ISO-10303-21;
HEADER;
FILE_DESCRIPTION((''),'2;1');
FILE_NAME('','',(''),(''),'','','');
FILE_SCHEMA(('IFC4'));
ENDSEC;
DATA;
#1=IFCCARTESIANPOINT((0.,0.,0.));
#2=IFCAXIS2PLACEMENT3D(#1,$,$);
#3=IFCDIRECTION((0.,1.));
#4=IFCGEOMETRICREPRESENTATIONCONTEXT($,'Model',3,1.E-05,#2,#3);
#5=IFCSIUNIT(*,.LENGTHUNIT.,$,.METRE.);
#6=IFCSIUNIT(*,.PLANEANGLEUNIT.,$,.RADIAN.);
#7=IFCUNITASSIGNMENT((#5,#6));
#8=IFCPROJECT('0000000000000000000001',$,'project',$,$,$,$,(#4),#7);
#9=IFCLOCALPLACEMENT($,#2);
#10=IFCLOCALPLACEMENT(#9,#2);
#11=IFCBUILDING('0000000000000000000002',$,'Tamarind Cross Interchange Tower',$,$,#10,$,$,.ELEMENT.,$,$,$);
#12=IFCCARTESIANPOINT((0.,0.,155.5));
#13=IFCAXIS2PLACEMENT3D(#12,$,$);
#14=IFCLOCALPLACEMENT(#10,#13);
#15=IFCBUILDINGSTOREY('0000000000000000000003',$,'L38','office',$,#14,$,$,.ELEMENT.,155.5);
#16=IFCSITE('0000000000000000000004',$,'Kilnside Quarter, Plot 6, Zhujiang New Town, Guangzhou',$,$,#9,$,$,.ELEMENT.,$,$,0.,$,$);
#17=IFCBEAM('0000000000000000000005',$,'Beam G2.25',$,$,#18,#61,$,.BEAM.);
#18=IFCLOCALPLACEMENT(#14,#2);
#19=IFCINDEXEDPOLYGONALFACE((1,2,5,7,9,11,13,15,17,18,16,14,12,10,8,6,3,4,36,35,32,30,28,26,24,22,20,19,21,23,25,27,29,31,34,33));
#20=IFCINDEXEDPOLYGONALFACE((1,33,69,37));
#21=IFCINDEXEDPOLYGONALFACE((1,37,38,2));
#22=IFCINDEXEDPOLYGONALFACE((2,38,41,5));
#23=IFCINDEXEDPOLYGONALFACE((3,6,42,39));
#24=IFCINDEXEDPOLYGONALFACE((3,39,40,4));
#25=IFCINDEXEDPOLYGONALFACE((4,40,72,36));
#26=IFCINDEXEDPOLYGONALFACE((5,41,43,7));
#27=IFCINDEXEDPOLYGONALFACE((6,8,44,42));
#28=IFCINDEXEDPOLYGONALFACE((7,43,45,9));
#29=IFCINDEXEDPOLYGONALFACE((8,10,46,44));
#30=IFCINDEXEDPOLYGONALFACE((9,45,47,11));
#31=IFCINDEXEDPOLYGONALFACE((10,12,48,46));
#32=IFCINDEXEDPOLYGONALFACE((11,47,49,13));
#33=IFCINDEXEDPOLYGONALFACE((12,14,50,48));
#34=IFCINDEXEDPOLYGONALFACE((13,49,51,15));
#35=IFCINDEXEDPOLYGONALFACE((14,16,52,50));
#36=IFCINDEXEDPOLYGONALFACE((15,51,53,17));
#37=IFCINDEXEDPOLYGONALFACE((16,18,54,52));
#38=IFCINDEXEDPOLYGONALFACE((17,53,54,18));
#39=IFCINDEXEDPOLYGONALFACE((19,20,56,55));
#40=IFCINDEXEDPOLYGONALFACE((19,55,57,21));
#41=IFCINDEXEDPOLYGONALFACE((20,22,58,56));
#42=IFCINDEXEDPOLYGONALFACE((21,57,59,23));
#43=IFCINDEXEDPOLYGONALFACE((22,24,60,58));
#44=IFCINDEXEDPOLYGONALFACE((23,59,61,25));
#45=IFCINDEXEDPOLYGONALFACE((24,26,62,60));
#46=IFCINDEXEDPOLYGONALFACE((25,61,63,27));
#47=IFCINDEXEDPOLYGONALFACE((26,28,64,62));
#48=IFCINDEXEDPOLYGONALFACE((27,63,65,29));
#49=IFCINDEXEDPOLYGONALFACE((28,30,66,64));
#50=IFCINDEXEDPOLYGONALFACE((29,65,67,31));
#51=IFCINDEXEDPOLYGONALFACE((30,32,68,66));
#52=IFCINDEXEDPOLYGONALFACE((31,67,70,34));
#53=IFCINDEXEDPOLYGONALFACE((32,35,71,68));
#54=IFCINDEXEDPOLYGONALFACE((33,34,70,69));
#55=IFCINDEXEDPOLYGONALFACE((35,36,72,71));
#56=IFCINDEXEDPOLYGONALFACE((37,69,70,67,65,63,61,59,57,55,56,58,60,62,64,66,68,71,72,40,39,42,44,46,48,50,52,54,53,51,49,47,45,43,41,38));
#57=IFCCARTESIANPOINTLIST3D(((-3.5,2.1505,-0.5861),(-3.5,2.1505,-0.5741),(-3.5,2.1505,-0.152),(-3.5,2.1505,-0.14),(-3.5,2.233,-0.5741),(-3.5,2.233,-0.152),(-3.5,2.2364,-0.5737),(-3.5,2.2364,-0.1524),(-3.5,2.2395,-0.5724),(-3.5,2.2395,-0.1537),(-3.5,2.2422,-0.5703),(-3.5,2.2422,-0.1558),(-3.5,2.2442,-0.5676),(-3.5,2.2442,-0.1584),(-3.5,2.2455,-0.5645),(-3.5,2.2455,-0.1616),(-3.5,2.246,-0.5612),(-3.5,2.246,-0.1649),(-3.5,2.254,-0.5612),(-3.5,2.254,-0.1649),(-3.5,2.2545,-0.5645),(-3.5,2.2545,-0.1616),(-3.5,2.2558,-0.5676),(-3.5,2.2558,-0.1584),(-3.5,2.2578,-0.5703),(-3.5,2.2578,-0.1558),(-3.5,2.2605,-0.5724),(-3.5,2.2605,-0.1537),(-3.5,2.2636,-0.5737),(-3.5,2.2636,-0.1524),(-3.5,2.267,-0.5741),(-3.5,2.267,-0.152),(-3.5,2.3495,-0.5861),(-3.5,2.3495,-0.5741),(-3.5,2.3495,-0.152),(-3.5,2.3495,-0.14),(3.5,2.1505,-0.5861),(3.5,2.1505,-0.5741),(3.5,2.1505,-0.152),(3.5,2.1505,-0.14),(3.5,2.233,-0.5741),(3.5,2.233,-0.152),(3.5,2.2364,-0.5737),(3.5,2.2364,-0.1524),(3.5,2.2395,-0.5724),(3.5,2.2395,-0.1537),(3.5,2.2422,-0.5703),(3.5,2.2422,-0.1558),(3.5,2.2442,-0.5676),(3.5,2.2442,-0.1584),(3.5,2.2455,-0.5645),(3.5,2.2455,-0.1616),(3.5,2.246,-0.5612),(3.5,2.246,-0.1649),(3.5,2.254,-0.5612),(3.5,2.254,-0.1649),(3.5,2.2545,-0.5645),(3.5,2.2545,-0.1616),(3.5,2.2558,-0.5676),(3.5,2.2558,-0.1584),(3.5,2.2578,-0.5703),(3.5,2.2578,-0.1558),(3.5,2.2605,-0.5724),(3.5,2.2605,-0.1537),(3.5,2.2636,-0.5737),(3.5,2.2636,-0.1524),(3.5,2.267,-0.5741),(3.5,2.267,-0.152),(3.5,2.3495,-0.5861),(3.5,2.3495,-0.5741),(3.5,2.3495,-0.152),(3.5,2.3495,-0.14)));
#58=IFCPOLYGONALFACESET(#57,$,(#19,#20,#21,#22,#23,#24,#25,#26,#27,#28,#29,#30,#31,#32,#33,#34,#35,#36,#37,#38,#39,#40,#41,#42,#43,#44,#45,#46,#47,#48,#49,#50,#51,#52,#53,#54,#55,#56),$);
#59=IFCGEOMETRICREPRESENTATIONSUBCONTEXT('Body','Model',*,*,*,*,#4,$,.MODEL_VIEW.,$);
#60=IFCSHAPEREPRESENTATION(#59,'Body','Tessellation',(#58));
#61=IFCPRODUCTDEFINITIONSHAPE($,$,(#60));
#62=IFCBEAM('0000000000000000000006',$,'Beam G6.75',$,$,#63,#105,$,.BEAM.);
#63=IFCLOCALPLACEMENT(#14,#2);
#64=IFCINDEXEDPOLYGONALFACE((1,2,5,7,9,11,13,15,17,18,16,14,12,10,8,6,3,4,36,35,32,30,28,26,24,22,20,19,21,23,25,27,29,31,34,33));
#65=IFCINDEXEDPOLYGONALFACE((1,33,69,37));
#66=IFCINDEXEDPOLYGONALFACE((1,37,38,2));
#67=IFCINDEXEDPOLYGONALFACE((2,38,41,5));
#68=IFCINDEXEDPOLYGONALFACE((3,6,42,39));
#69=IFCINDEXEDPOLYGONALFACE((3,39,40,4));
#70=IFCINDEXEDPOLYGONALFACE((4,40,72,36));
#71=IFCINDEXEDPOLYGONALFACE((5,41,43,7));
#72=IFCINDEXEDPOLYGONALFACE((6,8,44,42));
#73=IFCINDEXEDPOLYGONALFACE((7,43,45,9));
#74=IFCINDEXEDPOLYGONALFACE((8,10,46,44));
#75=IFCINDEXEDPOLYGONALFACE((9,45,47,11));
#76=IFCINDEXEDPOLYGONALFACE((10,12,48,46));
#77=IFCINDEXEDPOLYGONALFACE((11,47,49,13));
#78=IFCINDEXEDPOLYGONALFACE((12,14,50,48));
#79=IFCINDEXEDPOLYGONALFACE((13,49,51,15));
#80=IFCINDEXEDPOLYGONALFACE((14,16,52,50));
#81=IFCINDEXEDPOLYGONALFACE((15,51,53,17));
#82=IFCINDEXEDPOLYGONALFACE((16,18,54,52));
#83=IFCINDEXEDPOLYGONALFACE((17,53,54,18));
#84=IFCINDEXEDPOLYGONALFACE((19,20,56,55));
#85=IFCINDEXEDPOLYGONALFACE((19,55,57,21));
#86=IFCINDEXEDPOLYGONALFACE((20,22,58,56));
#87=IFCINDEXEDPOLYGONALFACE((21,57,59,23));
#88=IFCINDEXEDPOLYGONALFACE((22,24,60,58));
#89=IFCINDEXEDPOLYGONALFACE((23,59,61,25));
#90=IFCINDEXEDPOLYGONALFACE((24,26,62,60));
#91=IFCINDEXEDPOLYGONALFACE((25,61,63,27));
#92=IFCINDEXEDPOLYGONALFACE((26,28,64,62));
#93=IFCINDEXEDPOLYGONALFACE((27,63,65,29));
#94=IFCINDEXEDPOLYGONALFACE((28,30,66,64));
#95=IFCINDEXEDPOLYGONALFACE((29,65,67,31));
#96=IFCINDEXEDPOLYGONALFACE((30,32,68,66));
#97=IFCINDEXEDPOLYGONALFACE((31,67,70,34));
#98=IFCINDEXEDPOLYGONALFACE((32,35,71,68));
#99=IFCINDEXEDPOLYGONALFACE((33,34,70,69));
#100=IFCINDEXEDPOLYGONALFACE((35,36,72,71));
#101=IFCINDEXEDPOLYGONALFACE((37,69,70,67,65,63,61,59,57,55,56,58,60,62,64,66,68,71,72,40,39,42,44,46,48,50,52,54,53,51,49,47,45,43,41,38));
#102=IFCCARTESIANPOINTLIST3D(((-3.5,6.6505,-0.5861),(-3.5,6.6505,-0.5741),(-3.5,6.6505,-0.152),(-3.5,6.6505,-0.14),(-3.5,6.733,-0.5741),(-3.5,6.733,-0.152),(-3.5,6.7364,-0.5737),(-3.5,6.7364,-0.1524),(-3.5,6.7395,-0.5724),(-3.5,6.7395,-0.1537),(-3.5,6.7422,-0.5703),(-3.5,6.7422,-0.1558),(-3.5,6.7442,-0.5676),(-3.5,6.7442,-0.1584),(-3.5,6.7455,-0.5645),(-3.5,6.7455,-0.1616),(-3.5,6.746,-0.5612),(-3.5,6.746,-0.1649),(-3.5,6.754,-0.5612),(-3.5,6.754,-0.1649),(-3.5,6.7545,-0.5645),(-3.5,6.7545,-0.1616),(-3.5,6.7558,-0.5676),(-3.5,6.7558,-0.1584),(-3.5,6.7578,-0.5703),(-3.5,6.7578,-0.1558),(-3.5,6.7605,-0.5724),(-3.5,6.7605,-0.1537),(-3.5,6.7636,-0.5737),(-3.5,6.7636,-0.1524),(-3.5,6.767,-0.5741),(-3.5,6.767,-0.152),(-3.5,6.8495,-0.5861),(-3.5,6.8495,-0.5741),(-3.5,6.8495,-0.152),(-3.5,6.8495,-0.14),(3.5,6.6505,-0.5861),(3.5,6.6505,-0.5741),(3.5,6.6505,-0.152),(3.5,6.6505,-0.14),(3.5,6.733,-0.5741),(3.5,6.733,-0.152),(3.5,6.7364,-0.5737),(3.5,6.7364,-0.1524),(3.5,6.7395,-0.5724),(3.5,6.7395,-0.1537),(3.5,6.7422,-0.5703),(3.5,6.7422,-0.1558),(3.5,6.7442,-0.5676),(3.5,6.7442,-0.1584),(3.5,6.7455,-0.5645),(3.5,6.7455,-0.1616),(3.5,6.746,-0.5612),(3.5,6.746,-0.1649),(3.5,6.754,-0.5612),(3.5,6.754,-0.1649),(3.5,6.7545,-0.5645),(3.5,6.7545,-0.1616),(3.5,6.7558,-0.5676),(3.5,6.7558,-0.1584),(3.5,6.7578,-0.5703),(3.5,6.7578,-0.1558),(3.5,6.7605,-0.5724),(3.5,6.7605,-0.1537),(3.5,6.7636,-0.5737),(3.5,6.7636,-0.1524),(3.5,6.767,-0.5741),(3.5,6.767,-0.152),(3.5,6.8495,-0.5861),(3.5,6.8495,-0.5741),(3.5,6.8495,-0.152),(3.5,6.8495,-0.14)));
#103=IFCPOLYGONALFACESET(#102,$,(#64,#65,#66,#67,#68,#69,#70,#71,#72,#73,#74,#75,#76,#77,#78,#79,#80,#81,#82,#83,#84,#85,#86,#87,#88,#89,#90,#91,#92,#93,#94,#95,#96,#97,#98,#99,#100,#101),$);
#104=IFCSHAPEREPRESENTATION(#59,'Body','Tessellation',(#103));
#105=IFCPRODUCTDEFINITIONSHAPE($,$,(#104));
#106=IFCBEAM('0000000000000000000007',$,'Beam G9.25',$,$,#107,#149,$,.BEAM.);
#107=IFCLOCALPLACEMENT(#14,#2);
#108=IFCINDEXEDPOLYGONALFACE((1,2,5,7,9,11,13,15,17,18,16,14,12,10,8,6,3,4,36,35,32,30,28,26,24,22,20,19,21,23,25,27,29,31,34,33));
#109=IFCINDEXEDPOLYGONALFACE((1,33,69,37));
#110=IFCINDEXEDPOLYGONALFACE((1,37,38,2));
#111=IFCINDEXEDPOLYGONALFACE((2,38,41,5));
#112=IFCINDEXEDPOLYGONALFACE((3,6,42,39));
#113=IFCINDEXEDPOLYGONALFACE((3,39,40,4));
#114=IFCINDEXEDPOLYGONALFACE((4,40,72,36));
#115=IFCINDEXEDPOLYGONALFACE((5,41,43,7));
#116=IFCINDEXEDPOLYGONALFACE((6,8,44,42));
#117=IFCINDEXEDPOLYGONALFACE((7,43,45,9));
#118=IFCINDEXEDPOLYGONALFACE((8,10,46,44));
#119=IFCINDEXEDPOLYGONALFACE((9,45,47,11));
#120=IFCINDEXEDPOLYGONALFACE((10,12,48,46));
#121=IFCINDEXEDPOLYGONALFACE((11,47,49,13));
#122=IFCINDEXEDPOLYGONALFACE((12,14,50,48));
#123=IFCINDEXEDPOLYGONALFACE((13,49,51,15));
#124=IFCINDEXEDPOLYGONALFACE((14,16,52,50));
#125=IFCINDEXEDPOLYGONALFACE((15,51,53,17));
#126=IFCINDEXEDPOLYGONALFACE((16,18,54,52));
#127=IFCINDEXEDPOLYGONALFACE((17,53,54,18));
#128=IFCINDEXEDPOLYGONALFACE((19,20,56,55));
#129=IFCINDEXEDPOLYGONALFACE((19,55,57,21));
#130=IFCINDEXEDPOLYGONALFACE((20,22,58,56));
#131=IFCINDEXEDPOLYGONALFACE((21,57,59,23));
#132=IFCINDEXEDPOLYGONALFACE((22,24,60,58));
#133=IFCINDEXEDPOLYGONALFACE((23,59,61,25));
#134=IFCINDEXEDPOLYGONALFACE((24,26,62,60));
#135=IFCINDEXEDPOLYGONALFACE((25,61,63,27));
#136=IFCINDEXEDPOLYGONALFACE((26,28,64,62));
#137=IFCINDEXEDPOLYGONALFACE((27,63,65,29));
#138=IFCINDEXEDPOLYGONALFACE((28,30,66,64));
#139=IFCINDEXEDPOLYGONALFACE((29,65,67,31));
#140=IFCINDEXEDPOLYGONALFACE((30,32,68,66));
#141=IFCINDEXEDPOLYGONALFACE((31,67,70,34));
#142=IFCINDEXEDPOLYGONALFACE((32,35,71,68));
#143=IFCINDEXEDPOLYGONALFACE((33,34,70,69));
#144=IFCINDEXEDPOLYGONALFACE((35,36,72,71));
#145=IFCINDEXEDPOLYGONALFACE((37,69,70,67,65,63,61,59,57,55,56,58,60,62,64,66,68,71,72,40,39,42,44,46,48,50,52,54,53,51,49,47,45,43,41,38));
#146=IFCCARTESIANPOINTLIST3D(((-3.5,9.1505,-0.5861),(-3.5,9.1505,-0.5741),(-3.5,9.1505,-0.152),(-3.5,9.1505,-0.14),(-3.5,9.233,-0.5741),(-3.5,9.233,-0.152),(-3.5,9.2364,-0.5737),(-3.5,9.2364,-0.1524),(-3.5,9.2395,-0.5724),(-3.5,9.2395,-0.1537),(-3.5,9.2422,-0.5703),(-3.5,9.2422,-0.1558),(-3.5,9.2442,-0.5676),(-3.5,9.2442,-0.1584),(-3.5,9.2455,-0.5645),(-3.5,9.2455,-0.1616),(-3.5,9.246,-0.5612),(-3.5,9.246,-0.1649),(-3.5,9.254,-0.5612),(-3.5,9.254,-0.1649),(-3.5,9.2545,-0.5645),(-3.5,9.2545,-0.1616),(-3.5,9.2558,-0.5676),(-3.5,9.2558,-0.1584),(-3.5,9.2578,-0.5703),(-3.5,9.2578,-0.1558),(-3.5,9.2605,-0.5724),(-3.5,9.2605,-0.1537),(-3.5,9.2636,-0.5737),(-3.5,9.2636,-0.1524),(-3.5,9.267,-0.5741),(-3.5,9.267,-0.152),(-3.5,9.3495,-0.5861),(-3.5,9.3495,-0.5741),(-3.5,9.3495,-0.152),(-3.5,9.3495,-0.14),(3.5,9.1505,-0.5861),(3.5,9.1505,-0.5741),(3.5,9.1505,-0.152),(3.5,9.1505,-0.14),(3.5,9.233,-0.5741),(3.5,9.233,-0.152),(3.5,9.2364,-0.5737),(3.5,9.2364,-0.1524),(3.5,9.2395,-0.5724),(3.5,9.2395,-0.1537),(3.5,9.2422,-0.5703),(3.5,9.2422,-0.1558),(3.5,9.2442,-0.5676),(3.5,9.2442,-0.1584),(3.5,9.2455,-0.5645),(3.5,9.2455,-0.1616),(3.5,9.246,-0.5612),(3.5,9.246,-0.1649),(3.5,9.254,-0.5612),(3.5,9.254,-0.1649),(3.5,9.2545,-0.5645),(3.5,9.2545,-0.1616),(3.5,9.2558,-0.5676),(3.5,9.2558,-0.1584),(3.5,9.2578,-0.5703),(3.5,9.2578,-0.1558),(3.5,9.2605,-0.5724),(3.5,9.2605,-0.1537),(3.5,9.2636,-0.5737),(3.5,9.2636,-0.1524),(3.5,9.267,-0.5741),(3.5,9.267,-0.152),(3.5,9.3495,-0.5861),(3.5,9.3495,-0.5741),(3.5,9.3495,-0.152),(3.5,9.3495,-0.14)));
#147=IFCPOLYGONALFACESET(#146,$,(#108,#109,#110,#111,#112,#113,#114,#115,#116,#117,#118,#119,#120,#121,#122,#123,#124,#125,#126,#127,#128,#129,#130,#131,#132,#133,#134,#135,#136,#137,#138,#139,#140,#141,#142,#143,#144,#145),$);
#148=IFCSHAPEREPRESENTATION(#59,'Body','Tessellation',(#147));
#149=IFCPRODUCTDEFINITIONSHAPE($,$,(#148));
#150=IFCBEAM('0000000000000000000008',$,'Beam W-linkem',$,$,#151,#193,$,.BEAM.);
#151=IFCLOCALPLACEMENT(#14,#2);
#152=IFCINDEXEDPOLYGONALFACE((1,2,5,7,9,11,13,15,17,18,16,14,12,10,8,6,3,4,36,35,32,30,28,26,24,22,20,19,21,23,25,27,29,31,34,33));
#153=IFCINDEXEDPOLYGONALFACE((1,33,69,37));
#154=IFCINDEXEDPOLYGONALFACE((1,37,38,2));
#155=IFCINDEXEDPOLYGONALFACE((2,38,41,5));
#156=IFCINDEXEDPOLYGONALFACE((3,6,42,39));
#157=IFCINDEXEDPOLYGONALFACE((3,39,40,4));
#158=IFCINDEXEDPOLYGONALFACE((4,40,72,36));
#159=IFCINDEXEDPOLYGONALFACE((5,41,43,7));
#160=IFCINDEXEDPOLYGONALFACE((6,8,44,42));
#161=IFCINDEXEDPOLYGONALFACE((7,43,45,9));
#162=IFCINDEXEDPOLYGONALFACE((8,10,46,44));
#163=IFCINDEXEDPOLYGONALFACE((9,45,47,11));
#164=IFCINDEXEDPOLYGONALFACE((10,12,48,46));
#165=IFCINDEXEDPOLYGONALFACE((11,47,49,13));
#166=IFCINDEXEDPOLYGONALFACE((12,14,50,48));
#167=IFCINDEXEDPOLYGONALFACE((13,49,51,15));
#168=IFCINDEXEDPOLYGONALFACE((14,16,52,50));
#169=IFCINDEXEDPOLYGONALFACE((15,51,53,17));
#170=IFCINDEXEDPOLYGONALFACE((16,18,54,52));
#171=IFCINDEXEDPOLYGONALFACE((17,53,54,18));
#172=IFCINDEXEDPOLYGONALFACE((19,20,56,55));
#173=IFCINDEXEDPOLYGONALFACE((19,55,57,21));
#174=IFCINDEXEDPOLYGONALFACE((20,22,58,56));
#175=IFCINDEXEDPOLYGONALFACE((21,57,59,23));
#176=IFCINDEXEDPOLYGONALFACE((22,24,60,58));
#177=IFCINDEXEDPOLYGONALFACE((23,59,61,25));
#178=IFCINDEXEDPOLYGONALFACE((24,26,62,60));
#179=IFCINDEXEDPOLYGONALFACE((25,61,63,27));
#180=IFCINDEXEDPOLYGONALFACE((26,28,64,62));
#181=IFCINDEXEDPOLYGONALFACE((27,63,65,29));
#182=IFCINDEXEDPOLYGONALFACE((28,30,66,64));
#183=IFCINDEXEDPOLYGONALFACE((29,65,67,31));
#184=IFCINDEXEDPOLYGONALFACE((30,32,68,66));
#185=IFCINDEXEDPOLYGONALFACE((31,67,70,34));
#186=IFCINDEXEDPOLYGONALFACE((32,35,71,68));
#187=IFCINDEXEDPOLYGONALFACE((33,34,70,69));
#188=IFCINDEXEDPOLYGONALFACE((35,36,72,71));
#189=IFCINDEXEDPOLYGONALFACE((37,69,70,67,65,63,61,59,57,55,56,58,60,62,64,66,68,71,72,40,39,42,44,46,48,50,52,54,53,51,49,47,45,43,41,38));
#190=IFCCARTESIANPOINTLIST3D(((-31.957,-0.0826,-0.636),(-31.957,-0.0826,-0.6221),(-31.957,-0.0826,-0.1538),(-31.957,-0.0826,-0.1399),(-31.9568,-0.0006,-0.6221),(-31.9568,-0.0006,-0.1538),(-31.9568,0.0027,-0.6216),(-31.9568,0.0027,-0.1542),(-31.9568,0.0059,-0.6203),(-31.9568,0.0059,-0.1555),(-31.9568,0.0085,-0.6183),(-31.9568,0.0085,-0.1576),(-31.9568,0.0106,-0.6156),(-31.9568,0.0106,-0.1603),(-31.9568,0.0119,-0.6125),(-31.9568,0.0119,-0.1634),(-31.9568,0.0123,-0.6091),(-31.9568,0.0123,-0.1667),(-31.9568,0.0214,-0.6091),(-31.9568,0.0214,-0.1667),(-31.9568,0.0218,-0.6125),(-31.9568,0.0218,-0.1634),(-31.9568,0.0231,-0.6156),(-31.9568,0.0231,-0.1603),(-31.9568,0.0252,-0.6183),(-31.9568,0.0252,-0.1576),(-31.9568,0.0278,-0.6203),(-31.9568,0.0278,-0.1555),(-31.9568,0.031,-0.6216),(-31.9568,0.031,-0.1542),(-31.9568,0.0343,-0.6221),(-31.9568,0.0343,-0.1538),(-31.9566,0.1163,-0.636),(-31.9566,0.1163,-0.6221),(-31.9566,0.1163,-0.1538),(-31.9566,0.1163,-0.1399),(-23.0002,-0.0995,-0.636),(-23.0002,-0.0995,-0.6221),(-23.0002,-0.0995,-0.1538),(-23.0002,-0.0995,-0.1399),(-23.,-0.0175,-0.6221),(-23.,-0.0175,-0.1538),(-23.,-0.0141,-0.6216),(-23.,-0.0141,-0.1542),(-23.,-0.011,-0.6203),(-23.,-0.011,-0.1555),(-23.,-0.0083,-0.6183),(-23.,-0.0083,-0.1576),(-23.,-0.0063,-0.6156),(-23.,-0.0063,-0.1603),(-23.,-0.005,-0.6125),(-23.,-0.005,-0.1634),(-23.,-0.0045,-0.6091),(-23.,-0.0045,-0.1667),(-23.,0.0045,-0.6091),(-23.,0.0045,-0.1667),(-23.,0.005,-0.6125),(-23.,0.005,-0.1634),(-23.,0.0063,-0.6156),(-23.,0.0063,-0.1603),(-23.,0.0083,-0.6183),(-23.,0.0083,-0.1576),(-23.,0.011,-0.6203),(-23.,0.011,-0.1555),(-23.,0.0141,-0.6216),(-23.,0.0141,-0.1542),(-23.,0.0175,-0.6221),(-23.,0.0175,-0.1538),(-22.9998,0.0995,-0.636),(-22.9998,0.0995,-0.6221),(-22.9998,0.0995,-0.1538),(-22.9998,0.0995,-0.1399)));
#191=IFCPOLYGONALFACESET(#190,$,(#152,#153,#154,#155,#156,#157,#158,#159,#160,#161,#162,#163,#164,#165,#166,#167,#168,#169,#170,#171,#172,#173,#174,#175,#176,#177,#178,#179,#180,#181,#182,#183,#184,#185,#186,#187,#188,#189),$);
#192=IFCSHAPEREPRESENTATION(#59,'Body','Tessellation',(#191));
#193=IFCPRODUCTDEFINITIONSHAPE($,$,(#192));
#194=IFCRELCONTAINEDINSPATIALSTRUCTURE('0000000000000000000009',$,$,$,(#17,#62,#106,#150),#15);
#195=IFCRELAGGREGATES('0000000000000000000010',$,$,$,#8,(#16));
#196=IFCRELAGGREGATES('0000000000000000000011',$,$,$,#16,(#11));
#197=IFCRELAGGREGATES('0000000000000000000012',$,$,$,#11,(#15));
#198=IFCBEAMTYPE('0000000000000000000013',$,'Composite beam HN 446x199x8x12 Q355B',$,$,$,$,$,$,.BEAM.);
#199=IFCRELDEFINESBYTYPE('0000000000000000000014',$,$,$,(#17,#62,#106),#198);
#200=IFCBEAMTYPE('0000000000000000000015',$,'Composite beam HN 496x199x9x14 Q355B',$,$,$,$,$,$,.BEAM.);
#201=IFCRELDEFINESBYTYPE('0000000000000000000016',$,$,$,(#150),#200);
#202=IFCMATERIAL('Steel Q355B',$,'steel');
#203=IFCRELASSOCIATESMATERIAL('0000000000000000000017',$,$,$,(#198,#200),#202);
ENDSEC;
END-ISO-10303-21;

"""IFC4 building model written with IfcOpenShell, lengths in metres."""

from ifc_helpers import new_model, si_unit, direction, frame, origin, origin_2d, place, context, subcontext, project, spatial, i_section, extrude, material, material_profile, profile_set, type_object, element, save


model = new_model("IFC4")

# Units and contexts
model_context = context("Model", 3, precision=1e-05, world=origin(), true_north=direction((0.0, 1.0)))
body_context = subcontext(model_context, "Body", "Model", "MODEL_VIEW")
ifc_project = project(units=[si_unit("LENGTHUNIT", "METRE"), si_unit("PLANEANGLEUNIT", "RADIAN")], contexts=[model_context])

# Site, building, storey
site_placement = place(None, origin())
site = spatial("IfcSite", under=ifc_project, at=site_placement, Name="Kilnside Quarter, Plot 6, Zhujiang New Town, Guangzhou", CompositionType="ELEMENT", RefElevation=0.0)
building_placement = place(site_placement, origin())
building = spatial("IfcBuilding", under=site, at=building_placement, Name="Tamarind Cross Interchange Tower", CompositionType="ELEMENT")
storey_placement = place(building_placement, frame((0.0, 0.0, 155.5)))
storey = spatial("IfcBuildingStorey", under=building, at=storey_placement, Name="L38", Description="office", CompositionType="ELEMENT", Elevation=155.5)

# Beams
ifc_material_1 = material(Name="Steel Q355B", Category="steel")
ifc_material_profile_1 = material_profile(ifc_material_1, i_section(OverallWidth=0.199, OverallDepth=0.446, WebThickness=0.0081, FlangeThickness=0.012, FilletRadius=0.0129, at=origin_2d()), Name="HN 446x199x8x12")
ifc_profile_set_1 = profile_set([ifc_material_profile_1], Name="Steel Q355B")
beam_type_1 = type_object("IfcBeamType", Name="Composite beam HN 446x199x8x12 Q355B", PredefinedType="BEAM", material=ifc_profile_set_1)
for number, where, z_axis, x_axis, name in (
    (1, (-3.5, 2.25, -0.363), (1.0, 0.0, 0.0), (0.0, 1.0, 0.0), "Beam G2.25"),
    (2, (-3.5, 6.75, -0.363), (1.0, 0.0, 0.0), (0.0, 1.0, 0.0), "Beam G6.75"),
    (3, (-3.5, 9.25, -0.363), (1.0, 0.0, 0.0), (0.0, 1.0, 0.0), "Beam G9.25"),
):
    element("IfcBeam", number, at=place(storey_placement, frame(where, z_axis=z_axis, x_axis=x_axis)), inside=storey, type_object=beam_type_1, Name=name, PredefinedType="BEAM", context=body_context, shape_type="SweptSolid", body=[
        extrude(i_section(OverallWidth=0.199, OverallDepth=0.446, WebThickness=0.0081, FlangeThickness=0.012, FilletRadius=0.0129, at=origin_2d()), origin(), (0.0, 0.0, 1.0), 7.0),
    ])
ifc_material_profile_2 = material_profile(ifc_material_1, i_section(OverallWidth=0.199, OverallDepth=0.4961, WebThickness=0.009, FlangeThickness=0.0139, FilletRadius=0.0129, at=origin_2d()), Name="HN 496x199x9x14")
ifc_profile_set_2 = profile_set([ifc_material_profile_2], Name="Steel Q355B")
beam_type_2 = type_object("IfcBeamType", Name="Composite beam HN 496x199x9x14 Q355B", PredefinedType="BEAM", material=ifc_profile_set_2)
beam_1_placement = place(storey_placement, frame((-31.9568, 0.0168, -0.3879), z_axis=(0.999998, -0.001881, 0.0), x_axis=(0.001881, 0.999998, 0.0)))
element("IfcBeam", 4, at=beam_1_placement, inside=storey, type_object=beam_type_2, Name="Beam W-linkem", PredefinedType="BEAM", context=body_context, shape_type="SweptSolid", body=[
    extrude(i_section(OverallWidth=0.199, OverallDepth=0.4961, WebThickness=0.009, FlangeThickness=0.0139, FilletRadius=0.0129, at=origin_2d()), origin(), (0.0, 0.0, 1.0), 8.9568),
])

save(model, "model.ifc")
